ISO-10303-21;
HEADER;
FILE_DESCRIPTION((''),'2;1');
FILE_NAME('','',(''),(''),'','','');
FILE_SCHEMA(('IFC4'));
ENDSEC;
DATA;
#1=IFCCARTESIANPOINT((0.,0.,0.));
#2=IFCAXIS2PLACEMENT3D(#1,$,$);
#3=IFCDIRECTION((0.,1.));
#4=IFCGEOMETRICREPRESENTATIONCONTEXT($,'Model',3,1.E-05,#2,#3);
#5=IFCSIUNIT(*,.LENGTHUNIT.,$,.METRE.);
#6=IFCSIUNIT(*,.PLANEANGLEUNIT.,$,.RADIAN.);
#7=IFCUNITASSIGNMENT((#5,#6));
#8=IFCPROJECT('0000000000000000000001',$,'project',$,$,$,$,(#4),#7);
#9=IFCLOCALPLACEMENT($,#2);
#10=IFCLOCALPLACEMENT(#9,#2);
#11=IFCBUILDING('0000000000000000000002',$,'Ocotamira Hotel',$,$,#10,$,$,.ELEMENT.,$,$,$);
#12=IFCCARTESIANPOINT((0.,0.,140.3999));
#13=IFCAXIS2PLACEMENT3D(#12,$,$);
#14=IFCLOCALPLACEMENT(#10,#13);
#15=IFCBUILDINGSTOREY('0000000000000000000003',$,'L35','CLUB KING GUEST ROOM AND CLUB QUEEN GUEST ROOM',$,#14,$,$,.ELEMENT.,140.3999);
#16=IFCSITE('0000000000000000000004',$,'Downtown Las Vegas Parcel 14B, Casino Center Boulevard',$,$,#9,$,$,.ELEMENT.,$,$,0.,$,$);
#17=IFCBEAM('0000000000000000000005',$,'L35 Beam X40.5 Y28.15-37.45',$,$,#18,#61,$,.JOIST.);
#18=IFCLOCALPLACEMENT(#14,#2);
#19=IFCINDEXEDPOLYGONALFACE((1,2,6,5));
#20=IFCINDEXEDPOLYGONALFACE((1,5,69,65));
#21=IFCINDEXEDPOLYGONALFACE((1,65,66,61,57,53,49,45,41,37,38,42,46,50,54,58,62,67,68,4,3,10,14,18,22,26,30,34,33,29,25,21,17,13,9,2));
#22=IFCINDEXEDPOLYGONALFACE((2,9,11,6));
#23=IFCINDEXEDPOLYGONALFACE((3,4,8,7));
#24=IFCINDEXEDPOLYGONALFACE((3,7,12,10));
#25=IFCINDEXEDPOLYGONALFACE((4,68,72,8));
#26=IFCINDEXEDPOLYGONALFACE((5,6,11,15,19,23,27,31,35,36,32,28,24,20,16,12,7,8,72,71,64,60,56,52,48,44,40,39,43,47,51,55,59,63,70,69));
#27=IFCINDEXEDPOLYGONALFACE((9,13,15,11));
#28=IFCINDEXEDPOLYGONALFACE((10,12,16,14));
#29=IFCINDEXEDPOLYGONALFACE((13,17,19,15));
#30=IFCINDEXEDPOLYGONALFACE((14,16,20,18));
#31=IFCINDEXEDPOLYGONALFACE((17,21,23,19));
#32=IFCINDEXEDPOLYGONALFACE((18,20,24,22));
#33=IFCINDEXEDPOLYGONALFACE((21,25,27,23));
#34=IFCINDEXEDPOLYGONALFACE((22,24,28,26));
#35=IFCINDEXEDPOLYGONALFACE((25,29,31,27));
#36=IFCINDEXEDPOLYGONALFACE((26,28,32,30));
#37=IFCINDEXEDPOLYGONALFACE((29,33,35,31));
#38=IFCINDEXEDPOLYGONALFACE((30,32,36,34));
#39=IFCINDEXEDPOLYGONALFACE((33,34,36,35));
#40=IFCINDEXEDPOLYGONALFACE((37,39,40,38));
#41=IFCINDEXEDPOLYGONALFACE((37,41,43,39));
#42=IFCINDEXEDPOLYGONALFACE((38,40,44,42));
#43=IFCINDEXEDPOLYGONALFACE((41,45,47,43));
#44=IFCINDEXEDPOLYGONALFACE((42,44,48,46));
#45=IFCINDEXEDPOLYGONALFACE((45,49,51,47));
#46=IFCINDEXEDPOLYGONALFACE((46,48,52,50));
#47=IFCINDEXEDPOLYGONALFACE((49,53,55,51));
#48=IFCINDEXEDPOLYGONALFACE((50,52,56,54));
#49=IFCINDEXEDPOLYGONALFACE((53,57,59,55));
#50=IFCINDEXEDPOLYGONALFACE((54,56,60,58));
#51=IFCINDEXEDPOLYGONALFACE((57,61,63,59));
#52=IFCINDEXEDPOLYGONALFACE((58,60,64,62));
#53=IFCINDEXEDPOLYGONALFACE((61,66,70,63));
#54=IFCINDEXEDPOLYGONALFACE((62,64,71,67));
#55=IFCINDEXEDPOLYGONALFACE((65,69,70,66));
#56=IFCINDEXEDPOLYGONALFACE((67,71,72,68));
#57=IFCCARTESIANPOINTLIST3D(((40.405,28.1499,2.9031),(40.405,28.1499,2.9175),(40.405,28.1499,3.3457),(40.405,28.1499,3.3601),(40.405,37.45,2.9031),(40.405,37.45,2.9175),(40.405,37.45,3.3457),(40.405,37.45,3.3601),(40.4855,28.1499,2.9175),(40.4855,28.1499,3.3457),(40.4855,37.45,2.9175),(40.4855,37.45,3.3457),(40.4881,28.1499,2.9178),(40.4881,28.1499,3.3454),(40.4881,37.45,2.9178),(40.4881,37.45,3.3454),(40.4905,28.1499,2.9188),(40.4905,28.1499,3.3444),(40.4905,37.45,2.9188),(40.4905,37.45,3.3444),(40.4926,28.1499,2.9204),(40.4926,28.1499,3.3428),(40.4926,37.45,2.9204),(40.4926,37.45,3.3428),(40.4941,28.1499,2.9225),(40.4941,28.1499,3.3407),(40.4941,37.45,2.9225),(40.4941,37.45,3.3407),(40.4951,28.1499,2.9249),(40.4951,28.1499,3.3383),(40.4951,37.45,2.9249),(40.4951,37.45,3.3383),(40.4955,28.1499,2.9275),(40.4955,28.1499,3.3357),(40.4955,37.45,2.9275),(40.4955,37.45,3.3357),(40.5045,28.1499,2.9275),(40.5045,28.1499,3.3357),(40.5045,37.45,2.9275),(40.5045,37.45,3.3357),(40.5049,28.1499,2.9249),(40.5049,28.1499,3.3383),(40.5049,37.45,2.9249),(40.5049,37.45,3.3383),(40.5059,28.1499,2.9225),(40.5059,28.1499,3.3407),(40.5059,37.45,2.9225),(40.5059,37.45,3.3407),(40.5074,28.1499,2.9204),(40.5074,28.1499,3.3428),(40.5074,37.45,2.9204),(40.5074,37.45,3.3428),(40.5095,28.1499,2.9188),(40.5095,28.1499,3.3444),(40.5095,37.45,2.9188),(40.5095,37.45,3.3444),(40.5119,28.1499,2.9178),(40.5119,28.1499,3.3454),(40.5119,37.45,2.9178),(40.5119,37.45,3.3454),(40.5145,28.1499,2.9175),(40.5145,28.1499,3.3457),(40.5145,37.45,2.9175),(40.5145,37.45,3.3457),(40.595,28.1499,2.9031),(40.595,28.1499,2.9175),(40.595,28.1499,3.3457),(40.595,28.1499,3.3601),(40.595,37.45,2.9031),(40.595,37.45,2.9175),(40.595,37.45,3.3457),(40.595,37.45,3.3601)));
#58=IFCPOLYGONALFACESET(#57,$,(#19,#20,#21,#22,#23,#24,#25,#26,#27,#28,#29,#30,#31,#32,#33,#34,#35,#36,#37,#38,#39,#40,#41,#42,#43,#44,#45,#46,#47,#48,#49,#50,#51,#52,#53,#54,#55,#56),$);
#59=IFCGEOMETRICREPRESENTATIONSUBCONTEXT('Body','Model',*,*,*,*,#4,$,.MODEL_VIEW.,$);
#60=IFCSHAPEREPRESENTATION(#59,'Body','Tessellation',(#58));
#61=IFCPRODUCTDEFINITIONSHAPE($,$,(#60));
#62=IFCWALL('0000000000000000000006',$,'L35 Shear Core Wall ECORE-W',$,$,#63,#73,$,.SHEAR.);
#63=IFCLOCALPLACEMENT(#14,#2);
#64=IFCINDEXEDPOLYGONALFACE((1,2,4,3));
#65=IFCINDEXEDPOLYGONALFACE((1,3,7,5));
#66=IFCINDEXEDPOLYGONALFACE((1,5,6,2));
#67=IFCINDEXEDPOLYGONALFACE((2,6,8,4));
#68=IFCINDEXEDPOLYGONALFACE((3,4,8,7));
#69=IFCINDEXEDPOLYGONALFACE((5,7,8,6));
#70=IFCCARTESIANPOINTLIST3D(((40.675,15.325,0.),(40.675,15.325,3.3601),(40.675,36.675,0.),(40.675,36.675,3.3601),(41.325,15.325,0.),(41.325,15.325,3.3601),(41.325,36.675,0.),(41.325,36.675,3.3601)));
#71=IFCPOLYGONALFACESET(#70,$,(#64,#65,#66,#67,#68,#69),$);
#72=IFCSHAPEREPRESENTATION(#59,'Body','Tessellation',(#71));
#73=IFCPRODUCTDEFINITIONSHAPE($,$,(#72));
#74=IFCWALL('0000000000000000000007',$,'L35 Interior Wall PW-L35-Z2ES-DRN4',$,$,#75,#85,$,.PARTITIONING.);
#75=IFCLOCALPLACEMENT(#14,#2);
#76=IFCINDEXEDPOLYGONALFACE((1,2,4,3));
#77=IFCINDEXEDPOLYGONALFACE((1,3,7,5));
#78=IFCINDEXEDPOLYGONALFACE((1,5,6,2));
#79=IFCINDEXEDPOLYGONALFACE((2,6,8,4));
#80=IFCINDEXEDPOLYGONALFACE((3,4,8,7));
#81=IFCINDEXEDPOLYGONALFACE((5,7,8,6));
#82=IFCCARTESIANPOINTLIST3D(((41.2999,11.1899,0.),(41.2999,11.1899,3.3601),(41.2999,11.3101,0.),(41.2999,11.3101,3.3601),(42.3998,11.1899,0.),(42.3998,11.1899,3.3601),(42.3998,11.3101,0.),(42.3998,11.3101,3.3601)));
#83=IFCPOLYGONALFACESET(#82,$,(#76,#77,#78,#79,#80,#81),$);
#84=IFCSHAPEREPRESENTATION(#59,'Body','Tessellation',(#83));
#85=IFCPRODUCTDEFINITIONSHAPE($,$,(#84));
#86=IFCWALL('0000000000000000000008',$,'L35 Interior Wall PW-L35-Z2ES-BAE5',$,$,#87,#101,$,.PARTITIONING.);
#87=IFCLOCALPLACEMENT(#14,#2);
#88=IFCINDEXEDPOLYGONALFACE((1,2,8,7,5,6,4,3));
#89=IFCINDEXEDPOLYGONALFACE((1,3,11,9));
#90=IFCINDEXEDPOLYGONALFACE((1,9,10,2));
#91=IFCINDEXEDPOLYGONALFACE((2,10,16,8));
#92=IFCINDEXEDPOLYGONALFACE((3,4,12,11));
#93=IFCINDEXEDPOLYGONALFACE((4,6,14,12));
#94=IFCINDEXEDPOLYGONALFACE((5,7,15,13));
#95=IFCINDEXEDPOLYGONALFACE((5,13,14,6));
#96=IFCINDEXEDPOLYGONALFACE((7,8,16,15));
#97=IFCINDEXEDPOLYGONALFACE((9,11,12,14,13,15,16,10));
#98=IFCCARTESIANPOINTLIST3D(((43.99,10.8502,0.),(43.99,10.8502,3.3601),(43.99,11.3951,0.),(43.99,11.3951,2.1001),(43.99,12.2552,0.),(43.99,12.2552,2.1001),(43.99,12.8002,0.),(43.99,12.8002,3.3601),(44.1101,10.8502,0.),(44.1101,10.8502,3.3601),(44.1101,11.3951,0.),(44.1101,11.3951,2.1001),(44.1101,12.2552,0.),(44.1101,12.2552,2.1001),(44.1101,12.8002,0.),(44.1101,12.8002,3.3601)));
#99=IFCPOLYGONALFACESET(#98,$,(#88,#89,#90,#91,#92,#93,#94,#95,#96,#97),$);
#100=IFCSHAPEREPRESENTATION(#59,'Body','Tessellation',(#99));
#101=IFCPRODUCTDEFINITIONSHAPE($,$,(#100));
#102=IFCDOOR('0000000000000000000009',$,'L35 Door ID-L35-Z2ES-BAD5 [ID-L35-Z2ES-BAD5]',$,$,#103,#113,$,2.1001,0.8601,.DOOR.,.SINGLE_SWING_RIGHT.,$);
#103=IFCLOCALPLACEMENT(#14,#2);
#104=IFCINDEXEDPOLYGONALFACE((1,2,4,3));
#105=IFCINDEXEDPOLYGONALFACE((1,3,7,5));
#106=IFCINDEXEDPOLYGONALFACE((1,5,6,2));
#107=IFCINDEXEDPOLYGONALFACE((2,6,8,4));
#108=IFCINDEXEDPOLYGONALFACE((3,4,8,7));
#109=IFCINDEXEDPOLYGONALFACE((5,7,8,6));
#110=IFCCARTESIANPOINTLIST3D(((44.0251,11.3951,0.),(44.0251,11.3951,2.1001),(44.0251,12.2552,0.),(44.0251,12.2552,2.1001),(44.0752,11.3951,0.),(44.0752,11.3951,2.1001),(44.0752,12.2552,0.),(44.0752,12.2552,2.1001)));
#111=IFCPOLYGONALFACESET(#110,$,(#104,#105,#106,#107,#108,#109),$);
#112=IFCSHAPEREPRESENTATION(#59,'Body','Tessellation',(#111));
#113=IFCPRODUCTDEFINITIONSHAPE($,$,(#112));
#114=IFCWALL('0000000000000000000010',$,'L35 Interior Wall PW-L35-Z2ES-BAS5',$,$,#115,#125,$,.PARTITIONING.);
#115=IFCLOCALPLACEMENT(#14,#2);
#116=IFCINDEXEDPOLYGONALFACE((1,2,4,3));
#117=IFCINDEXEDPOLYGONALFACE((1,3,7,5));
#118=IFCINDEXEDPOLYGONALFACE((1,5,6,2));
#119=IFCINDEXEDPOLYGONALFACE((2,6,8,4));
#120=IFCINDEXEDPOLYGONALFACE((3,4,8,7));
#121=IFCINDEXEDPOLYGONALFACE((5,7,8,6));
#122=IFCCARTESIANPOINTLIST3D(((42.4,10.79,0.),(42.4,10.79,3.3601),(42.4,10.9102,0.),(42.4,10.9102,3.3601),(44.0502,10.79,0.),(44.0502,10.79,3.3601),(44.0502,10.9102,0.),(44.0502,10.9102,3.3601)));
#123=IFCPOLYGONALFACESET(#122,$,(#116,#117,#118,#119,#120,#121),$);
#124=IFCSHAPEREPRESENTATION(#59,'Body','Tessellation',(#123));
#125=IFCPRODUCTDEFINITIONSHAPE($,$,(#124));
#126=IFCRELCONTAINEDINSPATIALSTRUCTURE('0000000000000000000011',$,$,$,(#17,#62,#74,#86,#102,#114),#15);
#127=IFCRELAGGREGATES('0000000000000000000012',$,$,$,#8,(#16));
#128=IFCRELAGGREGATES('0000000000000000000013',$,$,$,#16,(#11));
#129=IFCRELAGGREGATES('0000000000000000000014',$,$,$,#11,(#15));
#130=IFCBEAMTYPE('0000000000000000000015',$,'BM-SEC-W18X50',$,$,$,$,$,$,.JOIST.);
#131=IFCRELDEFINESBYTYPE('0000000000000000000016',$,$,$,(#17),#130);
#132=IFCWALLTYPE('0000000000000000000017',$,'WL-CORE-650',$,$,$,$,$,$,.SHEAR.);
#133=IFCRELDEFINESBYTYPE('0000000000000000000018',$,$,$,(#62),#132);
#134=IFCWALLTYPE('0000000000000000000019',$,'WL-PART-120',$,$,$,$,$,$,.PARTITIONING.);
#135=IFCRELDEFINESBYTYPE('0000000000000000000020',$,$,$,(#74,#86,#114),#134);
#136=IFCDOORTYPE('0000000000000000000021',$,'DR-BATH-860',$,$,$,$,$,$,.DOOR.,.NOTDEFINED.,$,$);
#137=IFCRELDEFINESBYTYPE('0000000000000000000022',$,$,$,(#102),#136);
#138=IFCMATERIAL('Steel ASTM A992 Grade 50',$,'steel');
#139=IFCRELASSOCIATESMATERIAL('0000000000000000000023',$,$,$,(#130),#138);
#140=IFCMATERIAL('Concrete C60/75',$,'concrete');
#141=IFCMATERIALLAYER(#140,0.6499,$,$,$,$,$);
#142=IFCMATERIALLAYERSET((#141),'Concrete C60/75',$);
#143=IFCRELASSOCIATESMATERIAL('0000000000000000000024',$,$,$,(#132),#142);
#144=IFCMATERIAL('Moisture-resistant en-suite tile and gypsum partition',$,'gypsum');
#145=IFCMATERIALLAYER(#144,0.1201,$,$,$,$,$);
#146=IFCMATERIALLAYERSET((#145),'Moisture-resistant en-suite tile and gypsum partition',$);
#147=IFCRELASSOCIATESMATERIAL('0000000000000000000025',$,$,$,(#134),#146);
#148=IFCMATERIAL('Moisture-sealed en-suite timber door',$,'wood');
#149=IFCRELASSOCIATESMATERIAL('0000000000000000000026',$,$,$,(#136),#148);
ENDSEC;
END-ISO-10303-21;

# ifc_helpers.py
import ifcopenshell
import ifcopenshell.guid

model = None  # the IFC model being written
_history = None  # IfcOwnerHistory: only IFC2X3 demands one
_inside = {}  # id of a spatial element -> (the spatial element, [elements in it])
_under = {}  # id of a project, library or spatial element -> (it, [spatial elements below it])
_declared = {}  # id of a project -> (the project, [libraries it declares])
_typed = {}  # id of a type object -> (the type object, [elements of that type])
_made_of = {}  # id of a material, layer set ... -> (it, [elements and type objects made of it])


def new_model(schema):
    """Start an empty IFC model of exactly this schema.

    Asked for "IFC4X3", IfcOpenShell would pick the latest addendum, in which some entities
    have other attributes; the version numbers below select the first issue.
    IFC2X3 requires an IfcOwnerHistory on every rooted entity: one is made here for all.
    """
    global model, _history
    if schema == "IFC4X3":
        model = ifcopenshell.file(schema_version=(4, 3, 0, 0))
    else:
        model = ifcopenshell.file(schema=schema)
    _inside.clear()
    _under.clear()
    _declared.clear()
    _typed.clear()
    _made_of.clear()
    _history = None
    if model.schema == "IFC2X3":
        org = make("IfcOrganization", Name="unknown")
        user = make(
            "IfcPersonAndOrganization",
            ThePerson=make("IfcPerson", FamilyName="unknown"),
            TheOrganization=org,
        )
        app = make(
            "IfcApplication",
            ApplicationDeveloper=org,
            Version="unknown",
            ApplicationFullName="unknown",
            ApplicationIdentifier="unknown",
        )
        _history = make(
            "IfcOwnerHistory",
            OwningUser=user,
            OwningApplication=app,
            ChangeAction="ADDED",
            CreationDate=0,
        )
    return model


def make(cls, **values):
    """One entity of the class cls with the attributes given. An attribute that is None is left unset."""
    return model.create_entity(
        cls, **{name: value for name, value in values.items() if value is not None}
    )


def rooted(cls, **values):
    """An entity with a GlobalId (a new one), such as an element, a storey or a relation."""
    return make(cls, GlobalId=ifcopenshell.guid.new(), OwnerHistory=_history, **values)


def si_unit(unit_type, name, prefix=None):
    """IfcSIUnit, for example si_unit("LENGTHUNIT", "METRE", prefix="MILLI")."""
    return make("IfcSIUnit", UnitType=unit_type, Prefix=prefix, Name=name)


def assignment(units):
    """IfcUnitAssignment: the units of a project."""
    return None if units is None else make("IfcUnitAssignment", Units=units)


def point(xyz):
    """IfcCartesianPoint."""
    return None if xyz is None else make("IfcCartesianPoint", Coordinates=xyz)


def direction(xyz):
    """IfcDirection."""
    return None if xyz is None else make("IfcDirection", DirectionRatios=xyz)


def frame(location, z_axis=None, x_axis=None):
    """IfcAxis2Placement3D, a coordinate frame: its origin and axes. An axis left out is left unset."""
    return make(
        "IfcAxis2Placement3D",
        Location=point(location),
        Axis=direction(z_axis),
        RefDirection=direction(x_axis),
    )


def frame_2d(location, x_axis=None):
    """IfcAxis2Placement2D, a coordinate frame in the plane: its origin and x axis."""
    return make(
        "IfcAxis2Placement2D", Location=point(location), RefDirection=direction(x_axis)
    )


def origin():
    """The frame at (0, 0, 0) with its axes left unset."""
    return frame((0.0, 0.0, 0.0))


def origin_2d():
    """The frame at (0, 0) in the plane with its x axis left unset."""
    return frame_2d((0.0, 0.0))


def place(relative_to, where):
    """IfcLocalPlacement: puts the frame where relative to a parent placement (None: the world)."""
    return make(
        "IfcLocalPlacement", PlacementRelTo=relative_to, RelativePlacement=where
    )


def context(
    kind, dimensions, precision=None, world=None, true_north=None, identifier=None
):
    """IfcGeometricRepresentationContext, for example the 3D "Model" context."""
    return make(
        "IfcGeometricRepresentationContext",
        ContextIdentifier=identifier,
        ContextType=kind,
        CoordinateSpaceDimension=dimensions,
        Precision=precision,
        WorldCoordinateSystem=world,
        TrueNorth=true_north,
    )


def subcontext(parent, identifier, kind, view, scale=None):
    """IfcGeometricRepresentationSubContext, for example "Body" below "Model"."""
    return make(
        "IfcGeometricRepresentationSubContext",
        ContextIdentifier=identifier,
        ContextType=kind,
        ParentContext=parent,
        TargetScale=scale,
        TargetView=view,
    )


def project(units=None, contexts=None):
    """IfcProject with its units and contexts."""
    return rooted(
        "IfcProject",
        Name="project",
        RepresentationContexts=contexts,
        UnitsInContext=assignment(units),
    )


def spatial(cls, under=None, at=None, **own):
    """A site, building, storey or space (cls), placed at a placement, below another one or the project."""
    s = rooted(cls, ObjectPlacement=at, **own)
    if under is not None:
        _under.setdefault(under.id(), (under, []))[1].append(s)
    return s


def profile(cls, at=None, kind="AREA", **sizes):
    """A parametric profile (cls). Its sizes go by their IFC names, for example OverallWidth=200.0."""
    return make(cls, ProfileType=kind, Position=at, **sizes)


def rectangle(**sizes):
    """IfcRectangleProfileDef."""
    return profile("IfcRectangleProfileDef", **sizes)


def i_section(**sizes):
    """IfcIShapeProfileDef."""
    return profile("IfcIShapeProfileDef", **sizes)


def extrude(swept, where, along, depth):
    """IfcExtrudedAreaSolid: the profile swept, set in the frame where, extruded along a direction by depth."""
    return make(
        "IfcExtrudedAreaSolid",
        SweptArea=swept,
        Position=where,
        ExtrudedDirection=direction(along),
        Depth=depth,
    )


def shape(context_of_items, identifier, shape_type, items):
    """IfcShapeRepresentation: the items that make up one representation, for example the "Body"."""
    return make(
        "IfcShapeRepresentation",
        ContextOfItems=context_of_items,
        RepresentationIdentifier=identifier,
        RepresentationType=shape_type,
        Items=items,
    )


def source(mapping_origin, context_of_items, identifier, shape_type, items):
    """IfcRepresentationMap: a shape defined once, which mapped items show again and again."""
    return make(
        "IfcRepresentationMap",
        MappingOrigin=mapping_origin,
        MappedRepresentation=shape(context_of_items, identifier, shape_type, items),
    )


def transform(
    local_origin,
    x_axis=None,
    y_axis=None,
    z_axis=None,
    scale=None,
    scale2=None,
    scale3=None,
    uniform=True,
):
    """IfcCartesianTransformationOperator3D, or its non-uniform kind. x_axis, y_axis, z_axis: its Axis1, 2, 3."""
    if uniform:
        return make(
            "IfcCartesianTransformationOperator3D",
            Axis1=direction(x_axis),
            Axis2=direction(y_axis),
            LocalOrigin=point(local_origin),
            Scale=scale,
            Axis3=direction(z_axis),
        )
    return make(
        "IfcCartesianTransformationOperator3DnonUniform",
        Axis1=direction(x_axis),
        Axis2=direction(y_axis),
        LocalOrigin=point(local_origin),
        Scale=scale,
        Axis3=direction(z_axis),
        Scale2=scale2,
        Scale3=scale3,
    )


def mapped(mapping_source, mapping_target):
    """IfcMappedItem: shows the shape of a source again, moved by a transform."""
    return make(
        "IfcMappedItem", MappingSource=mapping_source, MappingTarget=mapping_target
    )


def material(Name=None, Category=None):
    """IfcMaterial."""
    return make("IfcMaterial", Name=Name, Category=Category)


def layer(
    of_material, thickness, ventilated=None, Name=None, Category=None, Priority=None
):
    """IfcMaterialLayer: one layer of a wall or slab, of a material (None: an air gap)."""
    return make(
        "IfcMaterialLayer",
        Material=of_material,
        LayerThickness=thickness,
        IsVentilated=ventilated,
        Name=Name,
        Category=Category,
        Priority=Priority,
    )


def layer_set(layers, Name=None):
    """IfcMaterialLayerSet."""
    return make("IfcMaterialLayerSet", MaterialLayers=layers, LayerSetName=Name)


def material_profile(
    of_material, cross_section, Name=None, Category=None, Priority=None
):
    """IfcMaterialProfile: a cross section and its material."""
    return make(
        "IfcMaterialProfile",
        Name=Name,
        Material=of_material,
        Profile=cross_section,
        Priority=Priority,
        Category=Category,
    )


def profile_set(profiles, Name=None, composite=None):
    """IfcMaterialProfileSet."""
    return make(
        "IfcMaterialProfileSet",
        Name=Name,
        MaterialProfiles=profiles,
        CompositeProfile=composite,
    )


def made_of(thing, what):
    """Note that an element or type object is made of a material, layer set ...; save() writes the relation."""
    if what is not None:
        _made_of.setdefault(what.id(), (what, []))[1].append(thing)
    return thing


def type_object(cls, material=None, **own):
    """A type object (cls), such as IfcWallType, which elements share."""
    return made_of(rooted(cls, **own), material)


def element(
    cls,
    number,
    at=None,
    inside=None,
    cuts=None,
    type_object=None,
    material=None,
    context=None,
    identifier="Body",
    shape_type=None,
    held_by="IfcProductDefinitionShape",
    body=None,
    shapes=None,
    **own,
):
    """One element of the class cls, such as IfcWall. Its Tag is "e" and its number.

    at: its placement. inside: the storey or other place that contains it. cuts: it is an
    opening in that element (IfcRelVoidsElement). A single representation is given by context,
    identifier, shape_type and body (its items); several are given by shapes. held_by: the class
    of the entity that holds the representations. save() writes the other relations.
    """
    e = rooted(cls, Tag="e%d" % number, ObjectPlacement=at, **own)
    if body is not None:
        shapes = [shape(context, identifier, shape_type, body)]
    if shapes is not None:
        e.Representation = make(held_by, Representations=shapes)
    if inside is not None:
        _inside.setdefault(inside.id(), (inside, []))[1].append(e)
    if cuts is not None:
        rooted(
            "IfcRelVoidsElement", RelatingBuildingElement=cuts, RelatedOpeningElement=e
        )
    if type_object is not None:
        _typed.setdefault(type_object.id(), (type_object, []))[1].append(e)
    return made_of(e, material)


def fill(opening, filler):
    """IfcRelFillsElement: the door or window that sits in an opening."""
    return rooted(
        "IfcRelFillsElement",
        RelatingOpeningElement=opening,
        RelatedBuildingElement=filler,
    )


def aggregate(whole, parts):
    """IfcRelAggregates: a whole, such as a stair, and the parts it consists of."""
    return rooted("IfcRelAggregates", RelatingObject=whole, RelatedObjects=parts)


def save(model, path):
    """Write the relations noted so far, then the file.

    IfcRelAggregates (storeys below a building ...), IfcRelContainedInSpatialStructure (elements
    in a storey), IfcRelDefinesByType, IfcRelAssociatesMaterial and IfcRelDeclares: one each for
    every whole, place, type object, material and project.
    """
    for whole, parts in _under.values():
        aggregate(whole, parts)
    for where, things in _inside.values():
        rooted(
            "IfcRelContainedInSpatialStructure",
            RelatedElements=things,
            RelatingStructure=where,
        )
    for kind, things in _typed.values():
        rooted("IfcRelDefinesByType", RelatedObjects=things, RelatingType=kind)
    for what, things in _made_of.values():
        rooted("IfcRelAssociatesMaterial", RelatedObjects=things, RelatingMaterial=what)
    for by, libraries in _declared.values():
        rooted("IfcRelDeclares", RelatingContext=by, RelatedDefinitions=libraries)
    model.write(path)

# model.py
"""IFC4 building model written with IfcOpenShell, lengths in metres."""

from ifc_helpers import new_model, si_unit, direction, frame, frame_2d, origin, origin_2d, place, context, subcontext, project, spatial, rectangle, i_section, extrude, source, transform, mapped, material, layer, layer_set, material_profile, profile_set, type_object, element, fill, save


model = new_model("IFC4")

# Units and contexts
model_context = context("Model", 3, precision=1e-05, world=origin(), true_north=direction((0.0, 1.0)))
body_context = subcontext(model_context, "Body", "Model", "MODEL_VIEW")
ifc_project = project(units=[si_unit("LENGTHUNIT", "METRE"), si_unit("PLANEANGLEUNIT", "RADIAN")], contexts=[model_context])

# Site, building, storey
site_placement = place(None, origin())
site = spatial("IfcSite", under=ifc_project, at=site_placement, Name="Downtown Las Vegas Parcel 14B, Casino Center Boulevard", CompositionType="ELEMENT", RefElevation=0.0)
building_placement = place(site_placement, origin())
building = spatial("IfcBuilding", under=site, at=building_placement, Name="Ocotamira Hotel", CompositionType="ELEMENT")
storey_placement = place(building_placement, frame((0.0, 0.0, 140.3999)))
storey = spatial("IfcBuildingStorey", under=building, at=storey_placement, Name="L35", Description="CLUB KING GUEST ROOM AND CLUB QUEEN GUEST ROOM", CompositionType="ELEMENT", Elevation=140.3999)

# Beam
ifc_material_1 = material(Name="Steel ASTM A992 Grade 50", Category="steel")
ifc_material_profile_1 = material_profile(ifc_material_1, i_section(OverallWidth=0.1899, OverallDepth=0.457, WebThickness=0.009, FlangeThickness=0.0144, FilletRadius=0.01, at=origin_2d()), Name="W18X50")
ifc_profile_set_1 = profile_set([ifc_material_profile_1], Name="Steel ASTM A992 Grade 50")
beam_type_1 = type_object("IfcBeamType", Name="BM-SEC-W18X50", PredefinedType="JOIST", material=ifc_profile_set_1)
shared_shape_1 = source(origin(), body_context, "Body", "SweptSolid", [
    extrude(i_section(OverallWidth=0.1899, OverallDepth=0.457, WebThickness=0.009, FlangeThickness=0.0144, FilletRadius=0.01, at=origin_2d()), origin(), (0.0, 0.0, 1.0), 9.3),
])
beam_1_placement = place(storey_placement, frame((40.5, 28.1499, 3.1316), z_axis=(0.0, 1.0, 0.0), x_axis=(-1.0, 0.0, 0.0)))
element("IfcBeam", 1, at=beam_1_placement, inside=storey, type_object=beam_type_1, Name="L35 Beam X40.5 Y28.15-37.45", PredefinedType="JOIST", context=body_context, shape_type="MappedRepresentation", body=[
    mapped(shared_shape_1, transform((0.0, 0.0, 0.0), scale=1.0)),
])

# Shared definitions
ifc_material_2 = material(Name="Concrete C60/75", Category="concrete")
ifc_layer_1 = layer(ifc_material_2, 0.6499)
ifc_layer_set_1 = layer_set([ifc_layer_1], Name="Concrete C60/75")
wall_type_1 = type_object("IfcWallType", Name="WL-CORE-650", PredefinedType="SHEAR", material=ifc_layer_set_1)

# Walls
wall_1_placement = place(storey_placement, frame((41.0, 15.325, 0.0), z_axis=(0.0, 0.0, 1.0), x_axis=(0.0, 1.0, 0.0)))
element("IfcWall", 2, at=wall_1_placement, inside=storey, type_object=wall_type_1, Name="L35 Shear Core Wall ECORE-W", PredefinedType="SHEAR", context=body_context, shape_type="SweptSolid", body=[
    extrude(rectangle(XDim=21.3501, YDim=0.6499, at=frame_2d((10.675, 0.0))), origin(), (0.0, 0.0, 1.0), 3.3601),
])
ifc_material_3 = material(Name="Moisture-resistant en-suite tile and gypsum partition", Category="gypsum")
ifc_layer_2 = layer(ifc_material_3, 0.1201)
ifc_layer_set_2 = layer_set([ifc_layer_2], Name="Moisture-resistant en-suite tile and gypsum partition")
wall_type_2 = type_object("IfcWallType", Name="WL-PART-120", PredefinedType="PARTITIONING", material=ifc_layer_set_2)
wall_2_placement = place(storey_placement, frame((41.3, 11.25, 0.0), z_axis=(0.0, 0.0, 1.0), x_axis=(1.0, 0.0, 0.0)))
element("IfcWall", 3, at=wall_2_placement, inside=storey, type_object=wall_type_2, Name="L35 Interior Wall PW-L35-Z2ES-DRN4", PredefinedType="PARTITIONING", context=body_context, shape_type="SweptSolid", body=[
    extrude(rectangle(XDim=1.0999, YDim=0.1201, at=frame_2d((0.5498, 0.0))), origin(), (0.0, 0.0, 1.0), 3.3601),
])

# Wall, opening, door
wall_3_placement = place(storey_placement, frame((44.05, 10.8501, 0.0), z_axis=(0.0, 0.0, 1.0), x_axis=(0.0, 1.0, 0.0)))
wall_3 = element("IfcWall", 4, at=wall_3_placement, inside=storey, type_object=wall_type_2, Name="L35 Interior Wall PW-L35-Z2ES-BAE5", PredefinedType="PARTITIONING", context=body_context, shape_type="SweptSolid", body=[
    extrude(rectangle(XDim=1.95, YDim=0.1201, at=frame_2d((0.9751, 0.0))), origin(), (0.0, 0.0, 1.0), 3.3601),
])
opening_1_placement = place(wall_3_placement, frame((0.5449, 0.0, 0.0)))
opening_1 = element("IfcOpeningElement", 5, at=opening_1_placement, cuts=wall_3, PredefinedType="OPENING", context=body_context, shape_type="SweptSolid", body=[
    extrude(rectangle(XDim=0.8601, YDim=2.1001, at=frame_2d((0.4302, 1.05))), frame((0.0, 0.0701, 0.0), z_axis=(0.0, -1.0, 0.0), x_axis=(1.0, 0.0, 0.0)), (0.0, 0.0, 1.0), 0.1401),
])
ifc_material_4 = material(Name="Moisture-sealed en-suite timber door", Category="wood")
door_type_1 = type_object("IfcDoorType", Name="DR-BATH-860", OperationType="NOTDEFINED", PredefinedType="DOOR", material=ifc_material_4)
shared_shape_2 = source(origin(), body_context, "Body", "SweptSolid", [
    extrude(rectangle(XDim=0.8601, YDim=2.1001, at=frame_2d((0.4302, 1.05))), frame((0.0, 0.0249, 0.0), z_axis=(0.0, -1.0, 0.0), x_axis=(1.0, 0.0, 0.0)), (0.0, 0.0, 1.0), 0.05),
])
door_1_placement = place(opening_1_placement, origin())
door_1 = element("IfcDoor", 6, at=door_1_placement, inside=storey, type_object=door_type_1, Name="L35 Door ID-L35-Z2ES-BAD5 [ID-L35-Z2ES-BAD5]", OperationType="SINGLE_SWING_RIGHT", OverallHeight=2.1001, OverallWidth=0.8601, PredefinedType="DOOR", context=body_context, shape_type="MappedRepresentation", body=[
    mapped(shared_shape_2, transform((0.0, 0.0, 0.0), scale=1.0)),
])
fill(opening_1, door_1)

# Wall
wall_4_placement = place(storey_placement, frame((42.3999, 10.8501, 0.0), z_axis=(0.0, 0.0, 1.0), x_axis=(1.0, 0.0, 0.0)))
element("IfcWall", 7, at=wall_4_placement, inside=storey, type_object=wall_type_2, Name="L35 Interior Wall PW-L35-Z2ES-BAS5", PredefinedType="PARTITIONING", context=body_context, shape_type="SweptSolid", body=[
    extrude(rectangle(XDim=1.6501, YDim=0.1201, at=frame_2d((0.8252, 0.0))), origin(), (0.0, 0.0, 1.0), 3.3601),
])

save(model, "model.ifc")
